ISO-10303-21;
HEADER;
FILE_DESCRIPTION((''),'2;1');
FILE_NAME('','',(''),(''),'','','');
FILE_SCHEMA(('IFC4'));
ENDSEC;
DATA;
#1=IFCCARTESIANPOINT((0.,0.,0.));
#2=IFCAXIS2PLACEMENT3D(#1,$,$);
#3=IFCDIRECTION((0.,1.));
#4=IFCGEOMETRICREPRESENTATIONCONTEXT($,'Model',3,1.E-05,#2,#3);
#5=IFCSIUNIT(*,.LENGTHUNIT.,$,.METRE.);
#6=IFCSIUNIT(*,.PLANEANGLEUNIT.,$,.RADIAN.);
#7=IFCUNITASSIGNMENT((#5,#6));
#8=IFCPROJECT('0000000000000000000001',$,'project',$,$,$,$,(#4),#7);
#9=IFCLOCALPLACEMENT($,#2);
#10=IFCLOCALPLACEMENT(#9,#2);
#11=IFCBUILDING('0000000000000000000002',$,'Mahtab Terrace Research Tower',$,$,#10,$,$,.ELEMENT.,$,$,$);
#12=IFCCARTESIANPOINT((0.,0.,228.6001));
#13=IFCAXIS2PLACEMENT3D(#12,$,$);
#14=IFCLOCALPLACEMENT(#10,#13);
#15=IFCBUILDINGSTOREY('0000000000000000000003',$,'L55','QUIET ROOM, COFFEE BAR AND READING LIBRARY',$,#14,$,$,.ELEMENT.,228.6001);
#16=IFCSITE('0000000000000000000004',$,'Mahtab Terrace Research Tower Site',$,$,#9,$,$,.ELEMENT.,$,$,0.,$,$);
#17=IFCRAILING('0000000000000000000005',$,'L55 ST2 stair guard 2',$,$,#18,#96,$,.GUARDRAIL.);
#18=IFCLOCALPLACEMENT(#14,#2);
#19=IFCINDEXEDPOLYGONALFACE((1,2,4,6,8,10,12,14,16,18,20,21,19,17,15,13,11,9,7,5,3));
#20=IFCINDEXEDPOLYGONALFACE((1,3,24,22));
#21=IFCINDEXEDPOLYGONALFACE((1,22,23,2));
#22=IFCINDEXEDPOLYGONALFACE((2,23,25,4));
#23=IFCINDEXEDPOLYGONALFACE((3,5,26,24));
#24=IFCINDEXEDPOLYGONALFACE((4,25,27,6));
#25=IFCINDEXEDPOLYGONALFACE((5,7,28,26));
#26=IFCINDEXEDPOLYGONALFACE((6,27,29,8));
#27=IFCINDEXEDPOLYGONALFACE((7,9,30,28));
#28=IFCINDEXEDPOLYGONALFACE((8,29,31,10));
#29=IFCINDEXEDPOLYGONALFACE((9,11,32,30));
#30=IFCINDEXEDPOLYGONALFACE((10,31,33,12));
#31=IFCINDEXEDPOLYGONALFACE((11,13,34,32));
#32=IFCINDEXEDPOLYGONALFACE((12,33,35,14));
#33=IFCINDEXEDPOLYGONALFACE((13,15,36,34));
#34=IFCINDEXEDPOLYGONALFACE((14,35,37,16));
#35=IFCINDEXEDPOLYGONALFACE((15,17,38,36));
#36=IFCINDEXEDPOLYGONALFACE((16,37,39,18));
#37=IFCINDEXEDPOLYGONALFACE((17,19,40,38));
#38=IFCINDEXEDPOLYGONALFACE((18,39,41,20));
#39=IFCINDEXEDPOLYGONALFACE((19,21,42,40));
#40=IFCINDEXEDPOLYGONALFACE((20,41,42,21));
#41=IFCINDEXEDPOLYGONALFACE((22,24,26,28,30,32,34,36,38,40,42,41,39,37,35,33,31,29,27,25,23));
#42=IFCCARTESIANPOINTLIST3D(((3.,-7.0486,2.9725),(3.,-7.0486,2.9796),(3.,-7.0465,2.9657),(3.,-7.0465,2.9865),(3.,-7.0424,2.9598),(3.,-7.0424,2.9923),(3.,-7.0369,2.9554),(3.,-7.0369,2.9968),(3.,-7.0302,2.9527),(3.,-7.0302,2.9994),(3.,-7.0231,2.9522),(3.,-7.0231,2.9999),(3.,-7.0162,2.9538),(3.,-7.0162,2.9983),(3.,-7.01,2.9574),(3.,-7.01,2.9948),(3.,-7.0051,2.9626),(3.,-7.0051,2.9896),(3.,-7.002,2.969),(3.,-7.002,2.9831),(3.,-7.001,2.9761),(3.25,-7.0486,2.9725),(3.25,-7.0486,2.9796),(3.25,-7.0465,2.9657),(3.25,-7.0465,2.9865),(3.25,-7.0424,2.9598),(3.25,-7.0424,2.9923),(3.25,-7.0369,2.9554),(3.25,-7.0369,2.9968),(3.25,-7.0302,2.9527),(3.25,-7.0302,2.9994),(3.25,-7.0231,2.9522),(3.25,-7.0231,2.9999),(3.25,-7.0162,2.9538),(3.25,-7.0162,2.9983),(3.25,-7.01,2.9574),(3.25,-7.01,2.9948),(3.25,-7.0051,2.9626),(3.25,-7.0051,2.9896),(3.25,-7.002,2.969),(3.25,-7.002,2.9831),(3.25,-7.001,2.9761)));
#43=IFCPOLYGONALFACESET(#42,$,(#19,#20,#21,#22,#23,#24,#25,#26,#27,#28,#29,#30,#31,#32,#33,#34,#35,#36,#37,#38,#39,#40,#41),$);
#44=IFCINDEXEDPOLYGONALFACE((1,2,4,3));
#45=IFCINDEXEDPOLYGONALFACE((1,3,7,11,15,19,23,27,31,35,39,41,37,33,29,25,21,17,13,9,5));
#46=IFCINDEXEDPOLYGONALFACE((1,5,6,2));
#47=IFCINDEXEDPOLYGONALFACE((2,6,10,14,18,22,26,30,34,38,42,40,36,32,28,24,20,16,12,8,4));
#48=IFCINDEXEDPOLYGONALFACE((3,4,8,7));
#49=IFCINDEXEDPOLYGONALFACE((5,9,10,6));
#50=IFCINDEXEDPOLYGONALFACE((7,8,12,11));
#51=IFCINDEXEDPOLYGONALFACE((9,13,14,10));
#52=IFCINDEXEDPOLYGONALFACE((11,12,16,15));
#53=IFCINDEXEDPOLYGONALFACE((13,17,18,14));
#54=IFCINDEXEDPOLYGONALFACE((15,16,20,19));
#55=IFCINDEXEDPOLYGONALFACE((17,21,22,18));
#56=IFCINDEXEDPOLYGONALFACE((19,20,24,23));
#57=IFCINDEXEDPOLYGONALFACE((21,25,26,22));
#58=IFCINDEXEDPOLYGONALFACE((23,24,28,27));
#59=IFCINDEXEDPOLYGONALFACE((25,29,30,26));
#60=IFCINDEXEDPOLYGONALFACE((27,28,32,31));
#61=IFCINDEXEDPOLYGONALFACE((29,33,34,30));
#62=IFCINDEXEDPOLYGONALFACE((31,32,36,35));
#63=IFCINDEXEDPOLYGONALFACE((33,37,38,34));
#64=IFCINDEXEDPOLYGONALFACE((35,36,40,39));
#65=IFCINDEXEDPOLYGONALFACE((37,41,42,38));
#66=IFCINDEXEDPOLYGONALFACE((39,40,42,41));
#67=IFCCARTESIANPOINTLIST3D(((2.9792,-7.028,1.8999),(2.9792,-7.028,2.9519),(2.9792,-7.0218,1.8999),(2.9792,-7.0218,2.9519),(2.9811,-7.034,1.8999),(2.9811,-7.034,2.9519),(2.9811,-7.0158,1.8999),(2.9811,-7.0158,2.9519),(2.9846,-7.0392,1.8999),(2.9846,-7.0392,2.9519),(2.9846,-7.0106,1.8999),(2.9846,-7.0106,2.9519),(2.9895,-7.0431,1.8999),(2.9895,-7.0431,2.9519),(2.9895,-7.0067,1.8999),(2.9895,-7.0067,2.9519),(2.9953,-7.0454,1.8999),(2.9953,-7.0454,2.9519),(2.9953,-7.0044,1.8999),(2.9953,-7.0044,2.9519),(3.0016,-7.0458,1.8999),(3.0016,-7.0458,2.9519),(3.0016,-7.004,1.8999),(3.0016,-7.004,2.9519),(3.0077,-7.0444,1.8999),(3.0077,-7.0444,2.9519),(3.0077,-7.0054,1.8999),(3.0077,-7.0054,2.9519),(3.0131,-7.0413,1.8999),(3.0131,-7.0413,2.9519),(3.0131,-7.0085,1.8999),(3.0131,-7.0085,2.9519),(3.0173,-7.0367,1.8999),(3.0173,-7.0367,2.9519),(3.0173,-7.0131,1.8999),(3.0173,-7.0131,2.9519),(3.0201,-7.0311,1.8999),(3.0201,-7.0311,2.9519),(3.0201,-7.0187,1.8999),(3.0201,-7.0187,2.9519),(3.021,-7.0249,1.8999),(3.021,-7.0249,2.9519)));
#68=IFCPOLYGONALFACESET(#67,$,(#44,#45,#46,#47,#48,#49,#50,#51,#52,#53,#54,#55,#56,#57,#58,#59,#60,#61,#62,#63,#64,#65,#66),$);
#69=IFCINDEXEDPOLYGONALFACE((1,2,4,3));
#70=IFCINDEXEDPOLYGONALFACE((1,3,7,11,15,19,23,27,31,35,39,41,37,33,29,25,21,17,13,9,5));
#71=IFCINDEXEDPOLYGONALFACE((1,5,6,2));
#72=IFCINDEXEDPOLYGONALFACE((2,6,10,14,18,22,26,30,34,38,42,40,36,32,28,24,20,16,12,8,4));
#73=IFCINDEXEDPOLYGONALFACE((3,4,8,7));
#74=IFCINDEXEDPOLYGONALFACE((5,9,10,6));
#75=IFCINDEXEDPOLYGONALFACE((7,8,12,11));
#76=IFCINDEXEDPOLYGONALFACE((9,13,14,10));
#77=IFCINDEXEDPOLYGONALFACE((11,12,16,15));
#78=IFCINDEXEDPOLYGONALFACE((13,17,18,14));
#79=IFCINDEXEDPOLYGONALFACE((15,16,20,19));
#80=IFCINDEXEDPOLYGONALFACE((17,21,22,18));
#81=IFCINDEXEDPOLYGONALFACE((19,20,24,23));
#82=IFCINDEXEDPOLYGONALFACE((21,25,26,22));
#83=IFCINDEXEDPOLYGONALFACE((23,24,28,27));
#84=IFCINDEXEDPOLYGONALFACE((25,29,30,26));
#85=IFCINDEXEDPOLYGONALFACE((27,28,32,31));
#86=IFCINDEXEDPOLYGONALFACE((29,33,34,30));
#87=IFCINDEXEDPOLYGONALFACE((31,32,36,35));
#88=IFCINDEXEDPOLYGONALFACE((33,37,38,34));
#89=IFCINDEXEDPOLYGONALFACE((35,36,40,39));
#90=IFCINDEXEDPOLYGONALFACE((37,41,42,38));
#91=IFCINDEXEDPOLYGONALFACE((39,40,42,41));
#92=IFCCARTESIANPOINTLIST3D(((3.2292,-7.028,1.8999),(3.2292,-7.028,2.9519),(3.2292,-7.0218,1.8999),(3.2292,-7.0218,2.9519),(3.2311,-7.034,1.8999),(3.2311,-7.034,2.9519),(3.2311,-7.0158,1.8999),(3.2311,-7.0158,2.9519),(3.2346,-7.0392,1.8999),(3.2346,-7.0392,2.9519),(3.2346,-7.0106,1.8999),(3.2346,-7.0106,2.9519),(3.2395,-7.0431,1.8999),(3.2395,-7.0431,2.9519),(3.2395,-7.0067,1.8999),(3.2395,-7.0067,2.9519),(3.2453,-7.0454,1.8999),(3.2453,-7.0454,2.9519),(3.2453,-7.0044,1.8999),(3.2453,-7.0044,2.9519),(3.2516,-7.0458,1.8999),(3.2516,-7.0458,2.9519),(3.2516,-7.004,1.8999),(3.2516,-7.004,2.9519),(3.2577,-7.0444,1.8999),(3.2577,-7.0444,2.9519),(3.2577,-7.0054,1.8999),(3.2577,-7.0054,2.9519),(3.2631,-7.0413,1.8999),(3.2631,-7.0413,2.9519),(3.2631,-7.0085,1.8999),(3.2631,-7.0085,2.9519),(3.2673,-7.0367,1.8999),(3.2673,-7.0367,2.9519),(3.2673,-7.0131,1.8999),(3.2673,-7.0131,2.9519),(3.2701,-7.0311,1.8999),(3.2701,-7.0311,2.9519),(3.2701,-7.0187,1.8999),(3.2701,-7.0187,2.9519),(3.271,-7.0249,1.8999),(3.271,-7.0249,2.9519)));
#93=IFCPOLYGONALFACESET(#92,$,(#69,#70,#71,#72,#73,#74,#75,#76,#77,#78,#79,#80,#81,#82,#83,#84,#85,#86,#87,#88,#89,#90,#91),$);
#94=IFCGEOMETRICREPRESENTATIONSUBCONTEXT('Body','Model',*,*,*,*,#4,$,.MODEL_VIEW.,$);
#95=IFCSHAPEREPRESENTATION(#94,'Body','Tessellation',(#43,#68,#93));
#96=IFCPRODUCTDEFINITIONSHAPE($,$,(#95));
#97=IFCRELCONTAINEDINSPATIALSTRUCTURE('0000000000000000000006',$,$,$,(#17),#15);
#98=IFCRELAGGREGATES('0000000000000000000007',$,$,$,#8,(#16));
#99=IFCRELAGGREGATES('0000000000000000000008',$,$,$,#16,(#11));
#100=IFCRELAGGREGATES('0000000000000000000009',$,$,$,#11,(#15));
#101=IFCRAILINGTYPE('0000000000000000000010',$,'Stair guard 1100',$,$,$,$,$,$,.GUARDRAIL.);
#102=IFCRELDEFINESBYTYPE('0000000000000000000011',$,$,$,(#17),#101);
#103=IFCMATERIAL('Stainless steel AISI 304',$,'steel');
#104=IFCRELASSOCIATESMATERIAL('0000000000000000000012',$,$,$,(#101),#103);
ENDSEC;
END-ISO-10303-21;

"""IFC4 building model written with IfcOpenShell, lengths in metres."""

from ifc_helpers import new_model, si_unit, direction, frame, origin, origin_2d, place, context, subcontext, project, spatial, circle, extrude, material, type_object, element, save


model = new_model("IFC4")

# Units and contexts
model_context = context("Model", 3, precision=1e-05, world=origin(), true_north=direction((0.0, 1.0)))
body_context = subcontext(model_context, "Body", "Model", "MODEL_VIEW")
ifc_project = project(units=[si_unit("LENGTHUNIT", "METRE"), si_unit("PLANEANGLEUNIT", "RADIAN")], contexts=[model_context])

# Site, building, storey
site_placement = place(None, origin())
site = spatial("IfcSite", under=ifc_project, at=site_placement, Name="Mahtab Terrace Research Tower Site", CompositionType="ELEMENT", RefElevation=0.0)
building_placement = place(site_placement, origin())
building = spatial("IfcBuilding", under=site, at=building_placement, Name="Mahtab Terrace Research Tower", CompositionType="ELEMENT")
storey_placement = place(building_placement, frame((0.0, 0.0, 228.6001)))
storey = spatial("IfcBuildingStorey", under=building, at=storey_placement, Name="L55", Description="QUIET ROOM, COFFEE BAR AND READING LIBRARY", CompositionType="ELEMENT", Elevation=228.6001)

# Railing
ifc_material_1 = material(Name="Stainless steel AISI 304", Category="steel")
railing_type_1 = type_object("IfcRailingType", Name="Stair guard 1100", PredefinedType="GUARDRAIL", material=ifc_material_1)
railing_1_placement = place(storey_placement, frame((3.0, -7.0249, 1.8999)))
element("IfcRailing", 1, at=railing_1_placement, inside=storey, type_object=railing_type_1, Name="L55 ST2 stair guard 2", PredefinedType="GUARDRAIL", context=body_context, shape_type="SweptSolid", body=[
    extrude(circle(Radius=0.0239, at=origin_2d()), frame((0.0, 0.0, 1.0762), z_axis=(1.0, 0.0, 0.0), x_axis=(0.0, 1.0, 0.0)), (0.0, 0.0, 1.0), 0.25),
    extrude(circle(Radius=0.021, at=origin_2d()), origin(), (0.0, 0.0, 1.0), 1.052),
    extrude(circle(Radius=0.021, at=origin_2d()), frame((0.25, 0.0, 0.0)), (0.0, 0.0, 1.0), 1.052),
])

save(model, "model.ifc")
